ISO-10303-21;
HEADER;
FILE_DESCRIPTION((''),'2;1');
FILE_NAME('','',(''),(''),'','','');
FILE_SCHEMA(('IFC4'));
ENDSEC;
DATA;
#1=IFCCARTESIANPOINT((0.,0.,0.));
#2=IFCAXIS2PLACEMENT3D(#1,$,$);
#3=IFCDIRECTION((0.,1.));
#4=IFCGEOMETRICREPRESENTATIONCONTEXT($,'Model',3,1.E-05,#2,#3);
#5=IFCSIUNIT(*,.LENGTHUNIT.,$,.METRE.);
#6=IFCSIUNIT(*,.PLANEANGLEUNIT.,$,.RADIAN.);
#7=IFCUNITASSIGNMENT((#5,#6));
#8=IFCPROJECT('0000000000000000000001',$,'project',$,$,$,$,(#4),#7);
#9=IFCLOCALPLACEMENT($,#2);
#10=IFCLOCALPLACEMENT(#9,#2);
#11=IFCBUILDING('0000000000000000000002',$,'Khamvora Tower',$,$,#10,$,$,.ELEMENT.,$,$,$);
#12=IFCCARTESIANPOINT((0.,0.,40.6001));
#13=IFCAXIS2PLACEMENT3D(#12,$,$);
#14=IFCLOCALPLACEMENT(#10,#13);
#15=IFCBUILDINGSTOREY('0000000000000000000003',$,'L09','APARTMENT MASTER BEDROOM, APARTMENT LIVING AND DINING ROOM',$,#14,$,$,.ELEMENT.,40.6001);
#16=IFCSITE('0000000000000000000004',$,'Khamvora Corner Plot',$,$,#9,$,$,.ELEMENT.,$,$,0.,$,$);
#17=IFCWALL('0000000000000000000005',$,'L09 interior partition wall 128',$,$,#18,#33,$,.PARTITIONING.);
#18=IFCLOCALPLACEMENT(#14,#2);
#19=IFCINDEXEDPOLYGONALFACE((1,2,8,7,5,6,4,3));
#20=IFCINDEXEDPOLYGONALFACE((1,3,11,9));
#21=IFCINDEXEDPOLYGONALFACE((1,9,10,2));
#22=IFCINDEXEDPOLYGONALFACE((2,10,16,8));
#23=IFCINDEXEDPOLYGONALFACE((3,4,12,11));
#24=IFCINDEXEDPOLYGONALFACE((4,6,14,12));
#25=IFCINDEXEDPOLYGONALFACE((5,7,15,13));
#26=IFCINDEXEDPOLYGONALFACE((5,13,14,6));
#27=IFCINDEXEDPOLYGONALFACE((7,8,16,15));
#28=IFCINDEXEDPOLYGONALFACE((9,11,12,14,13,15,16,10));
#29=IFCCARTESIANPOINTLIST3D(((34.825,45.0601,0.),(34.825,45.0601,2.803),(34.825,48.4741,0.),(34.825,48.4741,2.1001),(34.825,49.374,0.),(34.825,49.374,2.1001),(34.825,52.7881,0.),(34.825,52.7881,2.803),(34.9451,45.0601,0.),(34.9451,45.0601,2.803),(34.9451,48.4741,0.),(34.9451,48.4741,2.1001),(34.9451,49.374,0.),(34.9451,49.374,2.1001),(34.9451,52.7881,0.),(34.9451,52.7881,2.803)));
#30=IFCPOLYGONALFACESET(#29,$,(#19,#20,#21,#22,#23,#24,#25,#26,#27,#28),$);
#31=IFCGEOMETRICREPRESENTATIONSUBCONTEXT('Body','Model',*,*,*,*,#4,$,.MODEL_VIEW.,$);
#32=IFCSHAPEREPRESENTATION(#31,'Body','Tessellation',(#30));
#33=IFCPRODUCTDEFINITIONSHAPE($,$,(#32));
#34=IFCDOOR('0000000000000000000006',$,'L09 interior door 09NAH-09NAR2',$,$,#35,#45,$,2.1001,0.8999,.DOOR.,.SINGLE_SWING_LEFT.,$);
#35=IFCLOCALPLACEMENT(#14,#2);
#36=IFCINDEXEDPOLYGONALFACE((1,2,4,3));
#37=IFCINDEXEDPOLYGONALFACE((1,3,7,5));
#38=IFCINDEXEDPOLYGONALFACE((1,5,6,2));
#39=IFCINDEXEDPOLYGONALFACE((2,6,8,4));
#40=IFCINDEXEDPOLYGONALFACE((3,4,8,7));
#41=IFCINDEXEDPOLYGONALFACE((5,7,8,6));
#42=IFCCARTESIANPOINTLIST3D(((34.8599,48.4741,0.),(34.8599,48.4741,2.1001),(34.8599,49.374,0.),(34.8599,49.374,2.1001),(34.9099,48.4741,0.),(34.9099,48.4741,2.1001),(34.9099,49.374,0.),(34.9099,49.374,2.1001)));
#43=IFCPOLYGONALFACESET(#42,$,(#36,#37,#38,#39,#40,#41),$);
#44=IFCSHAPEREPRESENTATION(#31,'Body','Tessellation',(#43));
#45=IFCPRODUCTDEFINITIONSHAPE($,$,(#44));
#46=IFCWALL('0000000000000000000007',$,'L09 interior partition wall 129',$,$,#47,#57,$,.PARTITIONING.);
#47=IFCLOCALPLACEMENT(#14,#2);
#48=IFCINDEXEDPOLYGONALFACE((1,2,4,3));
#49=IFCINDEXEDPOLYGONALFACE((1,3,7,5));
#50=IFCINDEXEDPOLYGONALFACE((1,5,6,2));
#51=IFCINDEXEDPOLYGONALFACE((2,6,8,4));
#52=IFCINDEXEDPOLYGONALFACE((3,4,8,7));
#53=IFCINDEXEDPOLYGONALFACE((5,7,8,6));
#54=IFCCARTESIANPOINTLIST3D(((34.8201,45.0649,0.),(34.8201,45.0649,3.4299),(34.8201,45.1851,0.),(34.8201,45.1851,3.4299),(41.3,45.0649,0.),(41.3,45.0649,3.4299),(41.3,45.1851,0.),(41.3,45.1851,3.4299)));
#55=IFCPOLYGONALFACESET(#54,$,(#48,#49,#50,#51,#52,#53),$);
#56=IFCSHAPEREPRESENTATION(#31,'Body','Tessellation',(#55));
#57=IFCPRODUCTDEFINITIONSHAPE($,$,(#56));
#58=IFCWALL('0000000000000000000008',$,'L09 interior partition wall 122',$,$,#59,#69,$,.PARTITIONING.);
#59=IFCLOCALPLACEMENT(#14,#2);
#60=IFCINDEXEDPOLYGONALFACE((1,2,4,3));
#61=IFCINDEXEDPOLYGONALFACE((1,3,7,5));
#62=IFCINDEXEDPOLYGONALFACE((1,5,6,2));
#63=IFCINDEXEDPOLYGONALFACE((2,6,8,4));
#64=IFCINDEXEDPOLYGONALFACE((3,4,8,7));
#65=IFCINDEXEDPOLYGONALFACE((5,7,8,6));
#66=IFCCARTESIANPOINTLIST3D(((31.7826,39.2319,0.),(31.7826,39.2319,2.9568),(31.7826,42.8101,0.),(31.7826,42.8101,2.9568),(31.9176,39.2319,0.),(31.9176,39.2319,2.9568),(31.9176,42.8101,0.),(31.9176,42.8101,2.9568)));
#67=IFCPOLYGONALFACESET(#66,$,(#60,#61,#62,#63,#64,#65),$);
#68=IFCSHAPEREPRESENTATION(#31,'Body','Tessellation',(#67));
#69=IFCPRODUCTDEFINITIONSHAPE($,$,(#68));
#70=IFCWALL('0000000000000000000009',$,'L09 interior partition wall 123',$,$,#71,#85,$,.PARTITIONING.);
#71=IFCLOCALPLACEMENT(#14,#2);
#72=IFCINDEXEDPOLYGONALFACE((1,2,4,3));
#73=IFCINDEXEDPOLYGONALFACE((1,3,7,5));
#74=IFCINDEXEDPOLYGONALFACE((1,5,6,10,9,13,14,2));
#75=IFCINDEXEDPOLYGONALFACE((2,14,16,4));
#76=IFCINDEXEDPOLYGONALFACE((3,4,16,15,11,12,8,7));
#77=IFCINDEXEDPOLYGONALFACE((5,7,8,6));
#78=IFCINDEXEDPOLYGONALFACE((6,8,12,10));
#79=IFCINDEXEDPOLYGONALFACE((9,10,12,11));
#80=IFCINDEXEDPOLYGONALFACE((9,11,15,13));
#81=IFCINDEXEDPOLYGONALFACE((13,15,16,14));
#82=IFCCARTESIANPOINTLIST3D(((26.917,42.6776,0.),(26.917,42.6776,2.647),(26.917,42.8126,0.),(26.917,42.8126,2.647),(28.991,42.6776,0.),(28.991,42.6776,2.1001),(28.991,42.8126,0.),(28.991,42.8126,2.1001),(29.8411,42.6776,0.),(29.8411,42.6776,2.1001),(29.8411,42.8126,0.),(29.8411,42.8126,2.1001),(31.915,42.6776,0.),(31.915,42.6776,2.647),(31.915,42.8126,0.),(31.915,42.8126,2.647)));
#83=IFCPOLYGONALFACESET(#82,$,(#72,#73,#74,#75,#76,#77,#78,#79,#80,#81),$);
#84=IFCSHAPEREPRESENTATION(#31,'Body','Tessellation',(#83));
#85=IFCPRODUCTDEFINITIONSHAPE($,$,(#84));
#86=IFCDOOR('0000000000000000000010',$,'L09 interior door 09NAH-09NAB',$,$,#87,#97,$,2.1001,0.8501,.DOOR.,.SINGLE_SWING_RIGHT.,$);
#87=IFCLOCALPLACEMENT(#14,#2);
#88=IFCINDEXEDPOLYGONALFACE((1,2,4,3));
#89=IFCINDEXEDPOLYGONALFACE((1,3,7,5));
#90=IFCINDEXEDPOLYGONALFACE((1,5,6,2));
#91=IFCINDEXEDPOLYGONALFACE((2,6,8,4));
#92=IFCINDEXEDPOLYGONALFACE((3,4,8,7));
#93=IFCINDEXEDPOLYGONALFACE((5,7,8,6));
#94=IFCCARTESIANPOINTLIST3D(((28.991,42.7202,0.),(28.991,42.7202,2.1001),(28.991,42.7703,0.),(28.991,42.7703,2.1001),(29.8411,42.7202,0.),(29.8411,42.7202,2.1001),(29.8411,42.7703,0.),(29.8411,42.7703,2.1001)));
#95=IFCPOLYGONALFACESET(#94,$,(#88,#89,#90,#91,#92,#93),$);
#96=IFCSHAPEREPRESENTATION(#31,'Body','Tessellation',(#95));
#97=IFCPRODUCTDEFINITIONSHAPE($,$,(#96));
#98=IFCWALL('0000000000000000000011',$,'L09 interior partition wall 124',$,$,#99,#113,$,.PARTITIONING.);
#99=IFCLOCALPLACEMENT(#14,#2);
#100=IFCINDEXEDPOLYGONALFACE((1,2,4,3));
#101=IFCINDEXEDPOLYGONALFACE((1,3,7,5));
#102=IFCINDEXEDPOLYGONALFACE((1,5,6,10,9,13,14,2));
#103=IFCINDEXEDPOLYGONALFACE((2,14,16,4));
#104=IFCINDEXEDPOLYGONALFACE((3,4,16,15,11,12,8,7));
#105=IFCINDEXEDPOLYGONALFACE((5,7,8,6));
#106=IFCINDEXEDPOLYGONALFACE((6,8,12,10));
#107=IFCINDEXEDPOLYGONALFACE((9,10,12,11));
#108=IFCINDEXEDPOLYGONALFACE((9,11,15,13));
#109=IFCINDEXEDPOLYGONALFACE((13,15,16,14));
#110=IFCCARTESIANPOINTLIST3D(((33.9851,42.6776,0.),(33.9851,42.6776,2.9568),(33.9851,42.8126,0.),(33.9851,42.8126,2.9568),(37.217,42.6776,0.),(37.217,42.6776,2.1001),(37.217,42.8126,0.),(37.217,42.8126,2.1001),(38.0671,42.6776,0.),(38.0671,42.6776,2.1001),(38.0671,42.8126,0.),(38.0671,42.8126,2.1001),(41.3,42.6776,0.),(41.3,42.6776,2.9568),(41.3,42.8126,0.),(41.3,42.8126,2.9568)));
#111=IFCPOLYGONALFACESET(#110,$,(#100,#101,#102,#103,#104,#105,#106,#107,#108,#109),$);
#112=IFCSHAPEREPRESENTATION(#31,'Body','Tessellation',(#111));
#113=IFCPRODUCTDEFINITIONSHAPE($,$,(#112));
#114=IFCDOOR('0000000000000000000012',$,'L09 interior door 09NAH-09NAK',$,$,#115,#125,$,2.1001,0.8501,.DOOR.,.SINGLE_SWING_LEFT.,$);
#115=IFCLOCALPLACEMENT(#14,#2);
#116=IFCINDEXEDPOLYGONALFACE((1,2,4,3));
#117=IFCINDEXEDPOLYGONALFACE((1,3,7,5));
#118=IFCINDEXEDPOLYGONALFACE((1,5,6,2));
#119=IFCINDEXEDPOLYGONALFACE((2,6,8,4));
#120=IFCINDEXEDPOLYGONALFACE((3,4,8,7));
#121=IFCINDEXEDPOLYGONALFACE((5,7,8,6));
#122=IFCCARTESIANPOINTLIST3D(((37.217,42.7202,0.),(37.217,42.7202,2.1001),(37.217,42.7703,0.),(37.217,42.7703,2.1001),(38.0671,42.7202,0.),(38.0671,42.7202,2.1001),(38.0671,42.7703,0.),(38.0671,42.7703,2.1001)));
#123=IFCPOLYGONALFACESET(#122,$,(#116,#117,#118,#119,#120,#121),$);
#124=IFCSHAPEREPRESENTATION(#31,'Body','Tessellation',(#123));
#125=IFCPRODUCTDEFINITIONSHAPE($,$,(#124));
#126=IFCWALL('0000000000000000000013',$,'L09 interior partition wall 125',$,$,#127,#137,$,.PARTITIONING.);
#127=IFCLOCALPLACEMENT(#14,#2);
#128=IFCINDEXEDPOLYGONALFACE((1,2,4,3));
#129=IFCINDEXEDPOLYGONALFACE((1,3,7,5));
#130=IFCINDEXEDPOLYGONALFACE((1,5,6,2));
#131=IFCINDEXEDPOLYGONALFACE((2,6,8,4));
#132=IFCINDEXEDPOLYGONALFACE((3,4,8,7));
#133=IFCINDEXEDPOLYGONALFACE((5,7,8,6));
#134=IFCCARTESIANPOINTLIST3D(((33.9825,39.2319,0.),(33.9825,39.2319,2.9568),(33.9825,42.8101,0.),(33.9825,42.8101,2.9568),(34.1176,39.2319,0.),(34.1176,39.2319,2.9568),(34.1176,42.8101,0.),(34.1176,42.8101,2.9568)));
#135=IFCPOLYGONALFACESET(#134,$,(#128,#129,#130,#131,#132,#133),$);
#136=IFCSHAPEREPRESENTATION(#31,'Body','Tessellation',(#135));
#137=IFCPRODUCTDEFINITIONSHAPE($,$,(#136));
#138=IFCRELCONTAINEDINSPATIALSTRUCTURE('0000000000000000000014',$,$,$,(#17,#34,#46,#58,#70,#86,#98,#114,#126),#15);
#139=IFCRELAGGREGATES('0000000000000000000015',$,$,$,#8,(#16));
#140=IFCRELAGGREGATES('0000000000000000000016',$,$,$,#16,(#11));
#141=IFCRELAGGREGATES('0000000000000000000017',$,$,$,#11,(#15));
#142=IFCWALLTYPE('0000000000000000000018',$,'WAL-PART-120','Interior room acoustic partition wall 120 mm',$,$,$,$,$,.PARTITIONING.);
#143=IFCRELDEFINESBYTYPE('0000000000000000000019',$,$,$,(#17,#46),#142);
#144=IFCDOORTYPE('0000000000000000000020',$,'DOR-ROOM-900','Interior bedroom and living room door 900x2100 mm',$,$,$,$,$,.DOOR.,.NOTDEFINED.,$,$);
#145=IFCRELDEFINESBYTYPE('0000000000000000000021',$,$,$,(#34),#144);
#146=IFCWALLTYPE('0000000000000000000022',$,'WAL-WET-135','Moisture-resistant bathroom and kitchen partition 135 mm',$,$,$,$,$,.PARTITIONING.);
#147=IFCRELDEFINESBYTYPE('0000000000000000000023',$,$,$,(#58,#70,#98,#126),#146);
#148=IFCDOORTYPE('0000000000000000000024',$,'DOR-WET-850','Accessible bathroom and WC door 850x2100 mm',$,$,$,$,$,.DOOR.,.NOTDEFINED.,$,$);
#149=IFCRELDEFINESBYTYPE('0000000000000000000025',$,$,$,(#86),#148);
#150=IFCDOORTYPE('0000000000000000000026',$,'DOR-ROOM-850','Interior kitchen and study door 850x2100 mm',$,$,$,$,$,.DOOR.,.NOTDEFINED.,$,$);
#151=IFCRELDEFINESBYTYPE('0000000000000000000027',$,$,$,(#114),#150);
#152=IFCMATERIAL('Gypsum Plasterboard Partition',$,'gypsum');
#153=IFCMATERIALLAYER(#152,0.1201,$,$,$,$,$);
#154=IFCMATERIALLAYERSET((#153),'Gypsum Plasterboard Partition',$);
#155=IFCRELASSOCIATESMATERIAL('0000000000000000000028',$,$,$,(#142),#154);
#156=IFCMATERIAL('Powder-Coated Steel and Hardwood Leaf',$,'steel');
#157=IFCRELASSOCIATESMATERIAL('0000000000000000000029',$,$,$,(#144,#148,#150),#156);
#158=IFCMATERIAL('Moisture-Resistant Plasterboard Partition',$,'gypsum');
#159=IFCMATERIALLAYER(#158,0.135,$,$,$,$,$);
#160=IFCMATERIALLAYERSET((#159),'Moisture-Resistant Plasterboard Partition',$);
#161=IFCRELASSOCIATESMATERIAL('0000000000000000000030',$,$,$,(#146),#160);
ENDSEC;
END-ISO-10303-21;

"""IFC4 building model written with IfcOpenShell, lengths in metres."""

from ifc_helpers import new_model, si_unit, direction, frame, frame_2d, origin, place, context, subcontext, project, spatial, rectangle, extrude, material, layer, layer_set, type_object, element, fill, save


model = new_model("IFC4")

# Units and contexts
model_context = context("Model", 3, precision=1e-05, world=origin(), true_north=direction((0.0, 1.0)))
body_context = subcontext(model_context, "Body", "Model", "MODEL_VIEW")
ifc_project = project(units=[si_unit("LENGTHUNIT", "METRE"), si_unit("PLANEANGLEUNIT", "RADIAN")], contexts=[model_context])

# Site, building, storey
site_placement = place(None, origin())
site = spatial("IfcSite", under=ifc_project, at=site_placement, Name="Khamvora Corner Plot", CompositionType="ELEMENT", RefElevation=0.0)
building_placement = place(site_placement, origin())
building = spatial("IfcBuilding", under=site, at=building_placement, Name="Khamvora Tower", CompositionType="ELEMENT")
storey_placement = place(building_placement, frame((0.0, 0.0, 40.6001)))
storey = spatial("IfcBuildingStorey", under=building, at=storey_placement, Name="L09", Description="APARTMENT MASTER BEDROOM, APARTMENT LIVING AND DINING ROOM", CompositionType="ELEMENT", Elevation=40.6001)

# Shared definitions
ifc_material_1 = material(Name="Powder-Coated Steel and Hardwood Leaf", Category="steel")

# Wall, opening, door
ifc_material_2 = material(Name="Gypsum Plasterboard Partition", Category="gypsum")
ifc_layer_1 = layer(ifc_material_2, 0.1201)
ifc_layer_set_1 = layer_set([ifc_layer_1], Name="Gypsum Plasterboard Partition")
wall_type_1 = type_object("IfcWallType", Name="WAL-PART-120", Description="Interior room acoustic partition wall 120 mm", PredefinedType="PARTITIONING", material=ifc_layer_set_1)
door_type_1 = type_object("IfcDoorType", Name="DOR-ROOM-900", Description="Interior bedroom and living room door 900x2100 mm", OperationType="NOTDEFINED", PredefinedType="DOOR", material=ifc_material_1)
wall_1_placement = place(storey_placement, frame((34.885, 52.7881, 0.0), z_axis=(0.0, 0.0, 1.0), x_axis=(0.0, -1.0, 0.0)))
wall_1 = element("IfcWall", 1, at=wall_1_placement, inside=storey, type_object=wall_type_1, Name="L09 interior partition wall 128", PredefinedType="PARTITIONING", context=body_context, shape_type="SweptSolid", body=[
    extrude(rectangle(XDim=7.728, YDim=0.1201, at=frame_2d((3.864, 0.0))), origin(), (0.0, 0.0, 1.0), 2.803),
])
opening_1_placement = place(wall_1_placement, frame((3.4141, 0.0, 0.0)))
opening_1 = element("IfcOpeningElement", 2, at=opening_1_placement, cuts=wall_1, PredefinedType="OPENING", context=body_context, shape_type="SweptSolid", body=[
    extrude(rectangle(XDim=0.8999, YDim=2.1001, at=frame_2d((0.45, 1.05))), frame((0.0, 0.0701, 0.0), z_axis=(0.0, -1.0, 0.0), x_axis=(1.0, 0.0, 0.0)), (0.0, 0.0, 1.0), 0.1401),
])
door_1_placement = place(opening_1_placement, origin())
door_1 = element("IfcDoor", 3, at=door_1_placement, inside=storey, type_object=door_type_1, Name="L09 interior door 09NAH-09NAR2", OperationType="SINGLE_SWING_LEFT", OverallHeight=2.1001, OverallWidth=0.8999, PredefinedType="DOOR", context=body_context, shape_type="SweptSolid", body=[
    extrude(rectangle(XDim=0.8999, YDim=2.1001, at=frame_2d((0.45, 1.05))), frame((0.0, 0.0249, 0.0), z_axis=(0.0, -1.0, 0.0), x_axis=(1.0, 0.0, 0.0)), (0.0, 0.0, 1.0), 0.05),
])
fill(opening_1, door_1)

# Walls
wall_2_placement = place(storey_placement, frame((34.8201, 45.125, 0.0), z_axis=(0.0, 0.0, 1.0), x_axis=(1.0, 0.0, 0.0)))
element("IfcWall", 4, at=wall_2_placement, inside=storey, type_object=wall_type_1, Name="L09 interior partition wall 129", PredefinedType="PARTITIONING", context=body_context, shape_type="SweptSolid", body=[
    extrude(rectangle(XDim=6.48, YDim=0.1201, at=frame_2d((3.24, 0.0))), origin(), (0.0, 0.0, 1.0), 3.4299),
])
ifc_material_3 = material(Name="Moisture-Resistant Plasterboard Partition", Category="gypsum")
ifc_layer_2 = layer(ifc_material_3, 0.135)
ifc_layer_set_2 = layer_set([ifc_layer_2], Name="Moisture-Resistant Plasterboard Partition")
wall_type_2 = type_object("IfcWallType", Name="WAL-WET-135", Description="Moisture-resistant bathroom and kitchen partition 135 mm", PredefinedType="PARTITIONING", material=ifc_layer_set_2)
wall_3_placement = place(storey_placement, frame((31.8501, 39.2319, 0.0), z_axis=(0.0, 0.0, 1.0), x_axis=(0.0, 1.0, 0.0)))
element("IfcWall", 5, at=wall_3_placement, inside=storey, type_object=wall_type_2, Name="L09 interior partition wall 122", PredefinedType="PARTITIONING", context=body_context, shape_type="SweptSolid", body=[
    extrude(rectangle(XDim=3.5781, YDim=0.135, at=frame_2d((1.7891, 0.0))), origin(), (0.0, 0.0, 1.0), 2.9568),
])

# Walls, openings, doors
wall_4_placement = place(storey_placement, frame((31.915, 42.7451, 0.0), z_axis=(0.0, 0.0, 1.0), x_axis=(-1.0, 0.0, 0.0)))
wall_4 = element("IfcWall", 6, at=wall_4_placement, inside=storey, type_object=wall_type_2, Name="L09 interior partition wall 123", PredefinedType="PARTITIONING", context=body_context, shape_type="SweptSolid", body=[
    extrude(rectangle(XDim=4.998, YDim=0.135, at=frame_2d((2.499, 0.0))), origin(), (0.0, 0.0, 1.0), 2.647),
])
opening_2_placement = place(wall_4_placement, frame((2.074, 0.0, 0.0)))
opening_2 = element("IfcOpeningElement", 7, at=opening_2_placement, cuts=wall_4, PredefinedType="OPENING", context=body_context, shape_type="SweptSolid", body=[
    extrude(rectangle(XDim=0.8501, YDim=2.1001, at=frame_2d((0.425, 1.05))), frame((0.0, 0.0774, 0.0), z_axis=(0.0, -1.0, 0.0), x_axis=(1.0, 0.0, 0.0)), (0.0, 0.0, 1.0), 0.155),
])
door_type_2 = type_object("IfcDoorType", Name="DOR-WET-850", Description="Accessible bathroom and WC door 850x2100 mm", OperationType="NOTDEFINED", PredefinedType="DOOR", material=ifc_material_1)
door_2_placement = place(opening_2_placement, origin())
door_2 = element("IfcDoor", 8, at=door_2_placement, inside=storey, type_object=door_type_2, Name="L09 interior door 09NAH-09NAB", OperationType="SINGLE_SWING_RIGHT", OverallHeight=2.1001, OverallWidth=0.8501, PredefinedType="DOOR", context=body_context, shape_type="SweptSolid", body=[
    extrude(rectangle(XDim=0.8501, YDim=2.1001, at=frame_2d((0.425, 1.05))), frame((0.0, 0.0249, 0.0), z_axis=(0.0, -1.0, 0.0), x_axis=(1.0, 0.0, 0.0)), (0.0, 0.0, 1.0), 0.05),
])
fill(opening_2, door_2)
wall_5_placement = place(storey_placement, frame((41.3, 42.7451, 0.0), z_axis=(0.0, 0.0, 1.0), x_axis=(-1.0, 0.0, 0.0)))
wall_5 = element("IfcWall", 9, at=wall_5_placement, inside=storey, type_object=wall_type_2, Name="L09 interior partition wall 124", PredefinedType="PARTITIONING", context=body_context, shape_type="SweptSolid", body=[
    extrude(rectangle(XDim=7.3149, YDim=0.135, at=frame_2d((3.6575, 0.0))), origin(), (0.0, 0.0, 1.0), 2.9568),
])
opening_3_placement = place(wall_5_placement, frame((3.2329, 0.0, 0.0)))
opening_3 = element("IfcOpeningElement", 10, at=opening_3_placement, cuts=wall_5, PredefinedType="OPENING", context=body_context, shape_type="SweptSolid", body=[
    extrude(rectangle(XDim=0.8501, YDim=2.1001, at=frame_2d((0.425, 1.05))), frame((0.0, 0.0774, 0.0), z_axis=(0.0, -1.0, 0.0), x_axis=(1.0, 0.0, 0.0)), (0.0, 0.0, 1.0), 0.155),
])
door_type_3 = type_object("IfcDoorType", Name="DOR-ROOM-850", Description="Interior kitchen and study door 850x2100 mm", OperationType="NOTDEFINED", PredefinedType="DOOR", material=ifc_material_1)
door_3_placement = place(opening_3_placement, origin())
door_3 = element("IfcDoor", 11, at=door_3_placement, inside=storey, type_object=door_type_3, Name="L09 interior door 09NAH-09NAK", OperationType="SINGLE_SWING_LEFT", OverallHeight=2.1001, OverallWidth=0.8501, PredefinedType="DOOR", context=body_context, shape_type="SweptSolid", body=[
    extrude(rectangle(XDim=0.8501, YDim=2.1001, at=frame_2d((0.425, 1.05))), frame((0.0, 0.0249, 0.0), z_axis=(0.0, -1.0, 0.0), x_axis=(1.0, 0.0, 0.0)), (0.0, 0.0, 1.0), 0.05),
])
fill(opening_3, door_3)

# Wall
wall_6_placement = place(storey_placement, frame((34.05, 42.8101, 0.0), z_axis=(0.0, 0.0, 1.0), x_axis=(0.0, -1.0, 0.0)))
element("IfcWall", 12, at=wall_6_placement, inside=storey, type_object=wall_type_2, Name="L09 interior partition wall 125", PredefinedType="PARTITIONING", context=body_context, shape_type="SweptSolid", body=[
    extrude(rectangle(XDim=3.5781, YDim=0.135, at=frame_2d((1.7891, 0.0))), origin(), (0.0, 0.0, 1.0), 2.9568),
])

save(model, "model.ifc")
